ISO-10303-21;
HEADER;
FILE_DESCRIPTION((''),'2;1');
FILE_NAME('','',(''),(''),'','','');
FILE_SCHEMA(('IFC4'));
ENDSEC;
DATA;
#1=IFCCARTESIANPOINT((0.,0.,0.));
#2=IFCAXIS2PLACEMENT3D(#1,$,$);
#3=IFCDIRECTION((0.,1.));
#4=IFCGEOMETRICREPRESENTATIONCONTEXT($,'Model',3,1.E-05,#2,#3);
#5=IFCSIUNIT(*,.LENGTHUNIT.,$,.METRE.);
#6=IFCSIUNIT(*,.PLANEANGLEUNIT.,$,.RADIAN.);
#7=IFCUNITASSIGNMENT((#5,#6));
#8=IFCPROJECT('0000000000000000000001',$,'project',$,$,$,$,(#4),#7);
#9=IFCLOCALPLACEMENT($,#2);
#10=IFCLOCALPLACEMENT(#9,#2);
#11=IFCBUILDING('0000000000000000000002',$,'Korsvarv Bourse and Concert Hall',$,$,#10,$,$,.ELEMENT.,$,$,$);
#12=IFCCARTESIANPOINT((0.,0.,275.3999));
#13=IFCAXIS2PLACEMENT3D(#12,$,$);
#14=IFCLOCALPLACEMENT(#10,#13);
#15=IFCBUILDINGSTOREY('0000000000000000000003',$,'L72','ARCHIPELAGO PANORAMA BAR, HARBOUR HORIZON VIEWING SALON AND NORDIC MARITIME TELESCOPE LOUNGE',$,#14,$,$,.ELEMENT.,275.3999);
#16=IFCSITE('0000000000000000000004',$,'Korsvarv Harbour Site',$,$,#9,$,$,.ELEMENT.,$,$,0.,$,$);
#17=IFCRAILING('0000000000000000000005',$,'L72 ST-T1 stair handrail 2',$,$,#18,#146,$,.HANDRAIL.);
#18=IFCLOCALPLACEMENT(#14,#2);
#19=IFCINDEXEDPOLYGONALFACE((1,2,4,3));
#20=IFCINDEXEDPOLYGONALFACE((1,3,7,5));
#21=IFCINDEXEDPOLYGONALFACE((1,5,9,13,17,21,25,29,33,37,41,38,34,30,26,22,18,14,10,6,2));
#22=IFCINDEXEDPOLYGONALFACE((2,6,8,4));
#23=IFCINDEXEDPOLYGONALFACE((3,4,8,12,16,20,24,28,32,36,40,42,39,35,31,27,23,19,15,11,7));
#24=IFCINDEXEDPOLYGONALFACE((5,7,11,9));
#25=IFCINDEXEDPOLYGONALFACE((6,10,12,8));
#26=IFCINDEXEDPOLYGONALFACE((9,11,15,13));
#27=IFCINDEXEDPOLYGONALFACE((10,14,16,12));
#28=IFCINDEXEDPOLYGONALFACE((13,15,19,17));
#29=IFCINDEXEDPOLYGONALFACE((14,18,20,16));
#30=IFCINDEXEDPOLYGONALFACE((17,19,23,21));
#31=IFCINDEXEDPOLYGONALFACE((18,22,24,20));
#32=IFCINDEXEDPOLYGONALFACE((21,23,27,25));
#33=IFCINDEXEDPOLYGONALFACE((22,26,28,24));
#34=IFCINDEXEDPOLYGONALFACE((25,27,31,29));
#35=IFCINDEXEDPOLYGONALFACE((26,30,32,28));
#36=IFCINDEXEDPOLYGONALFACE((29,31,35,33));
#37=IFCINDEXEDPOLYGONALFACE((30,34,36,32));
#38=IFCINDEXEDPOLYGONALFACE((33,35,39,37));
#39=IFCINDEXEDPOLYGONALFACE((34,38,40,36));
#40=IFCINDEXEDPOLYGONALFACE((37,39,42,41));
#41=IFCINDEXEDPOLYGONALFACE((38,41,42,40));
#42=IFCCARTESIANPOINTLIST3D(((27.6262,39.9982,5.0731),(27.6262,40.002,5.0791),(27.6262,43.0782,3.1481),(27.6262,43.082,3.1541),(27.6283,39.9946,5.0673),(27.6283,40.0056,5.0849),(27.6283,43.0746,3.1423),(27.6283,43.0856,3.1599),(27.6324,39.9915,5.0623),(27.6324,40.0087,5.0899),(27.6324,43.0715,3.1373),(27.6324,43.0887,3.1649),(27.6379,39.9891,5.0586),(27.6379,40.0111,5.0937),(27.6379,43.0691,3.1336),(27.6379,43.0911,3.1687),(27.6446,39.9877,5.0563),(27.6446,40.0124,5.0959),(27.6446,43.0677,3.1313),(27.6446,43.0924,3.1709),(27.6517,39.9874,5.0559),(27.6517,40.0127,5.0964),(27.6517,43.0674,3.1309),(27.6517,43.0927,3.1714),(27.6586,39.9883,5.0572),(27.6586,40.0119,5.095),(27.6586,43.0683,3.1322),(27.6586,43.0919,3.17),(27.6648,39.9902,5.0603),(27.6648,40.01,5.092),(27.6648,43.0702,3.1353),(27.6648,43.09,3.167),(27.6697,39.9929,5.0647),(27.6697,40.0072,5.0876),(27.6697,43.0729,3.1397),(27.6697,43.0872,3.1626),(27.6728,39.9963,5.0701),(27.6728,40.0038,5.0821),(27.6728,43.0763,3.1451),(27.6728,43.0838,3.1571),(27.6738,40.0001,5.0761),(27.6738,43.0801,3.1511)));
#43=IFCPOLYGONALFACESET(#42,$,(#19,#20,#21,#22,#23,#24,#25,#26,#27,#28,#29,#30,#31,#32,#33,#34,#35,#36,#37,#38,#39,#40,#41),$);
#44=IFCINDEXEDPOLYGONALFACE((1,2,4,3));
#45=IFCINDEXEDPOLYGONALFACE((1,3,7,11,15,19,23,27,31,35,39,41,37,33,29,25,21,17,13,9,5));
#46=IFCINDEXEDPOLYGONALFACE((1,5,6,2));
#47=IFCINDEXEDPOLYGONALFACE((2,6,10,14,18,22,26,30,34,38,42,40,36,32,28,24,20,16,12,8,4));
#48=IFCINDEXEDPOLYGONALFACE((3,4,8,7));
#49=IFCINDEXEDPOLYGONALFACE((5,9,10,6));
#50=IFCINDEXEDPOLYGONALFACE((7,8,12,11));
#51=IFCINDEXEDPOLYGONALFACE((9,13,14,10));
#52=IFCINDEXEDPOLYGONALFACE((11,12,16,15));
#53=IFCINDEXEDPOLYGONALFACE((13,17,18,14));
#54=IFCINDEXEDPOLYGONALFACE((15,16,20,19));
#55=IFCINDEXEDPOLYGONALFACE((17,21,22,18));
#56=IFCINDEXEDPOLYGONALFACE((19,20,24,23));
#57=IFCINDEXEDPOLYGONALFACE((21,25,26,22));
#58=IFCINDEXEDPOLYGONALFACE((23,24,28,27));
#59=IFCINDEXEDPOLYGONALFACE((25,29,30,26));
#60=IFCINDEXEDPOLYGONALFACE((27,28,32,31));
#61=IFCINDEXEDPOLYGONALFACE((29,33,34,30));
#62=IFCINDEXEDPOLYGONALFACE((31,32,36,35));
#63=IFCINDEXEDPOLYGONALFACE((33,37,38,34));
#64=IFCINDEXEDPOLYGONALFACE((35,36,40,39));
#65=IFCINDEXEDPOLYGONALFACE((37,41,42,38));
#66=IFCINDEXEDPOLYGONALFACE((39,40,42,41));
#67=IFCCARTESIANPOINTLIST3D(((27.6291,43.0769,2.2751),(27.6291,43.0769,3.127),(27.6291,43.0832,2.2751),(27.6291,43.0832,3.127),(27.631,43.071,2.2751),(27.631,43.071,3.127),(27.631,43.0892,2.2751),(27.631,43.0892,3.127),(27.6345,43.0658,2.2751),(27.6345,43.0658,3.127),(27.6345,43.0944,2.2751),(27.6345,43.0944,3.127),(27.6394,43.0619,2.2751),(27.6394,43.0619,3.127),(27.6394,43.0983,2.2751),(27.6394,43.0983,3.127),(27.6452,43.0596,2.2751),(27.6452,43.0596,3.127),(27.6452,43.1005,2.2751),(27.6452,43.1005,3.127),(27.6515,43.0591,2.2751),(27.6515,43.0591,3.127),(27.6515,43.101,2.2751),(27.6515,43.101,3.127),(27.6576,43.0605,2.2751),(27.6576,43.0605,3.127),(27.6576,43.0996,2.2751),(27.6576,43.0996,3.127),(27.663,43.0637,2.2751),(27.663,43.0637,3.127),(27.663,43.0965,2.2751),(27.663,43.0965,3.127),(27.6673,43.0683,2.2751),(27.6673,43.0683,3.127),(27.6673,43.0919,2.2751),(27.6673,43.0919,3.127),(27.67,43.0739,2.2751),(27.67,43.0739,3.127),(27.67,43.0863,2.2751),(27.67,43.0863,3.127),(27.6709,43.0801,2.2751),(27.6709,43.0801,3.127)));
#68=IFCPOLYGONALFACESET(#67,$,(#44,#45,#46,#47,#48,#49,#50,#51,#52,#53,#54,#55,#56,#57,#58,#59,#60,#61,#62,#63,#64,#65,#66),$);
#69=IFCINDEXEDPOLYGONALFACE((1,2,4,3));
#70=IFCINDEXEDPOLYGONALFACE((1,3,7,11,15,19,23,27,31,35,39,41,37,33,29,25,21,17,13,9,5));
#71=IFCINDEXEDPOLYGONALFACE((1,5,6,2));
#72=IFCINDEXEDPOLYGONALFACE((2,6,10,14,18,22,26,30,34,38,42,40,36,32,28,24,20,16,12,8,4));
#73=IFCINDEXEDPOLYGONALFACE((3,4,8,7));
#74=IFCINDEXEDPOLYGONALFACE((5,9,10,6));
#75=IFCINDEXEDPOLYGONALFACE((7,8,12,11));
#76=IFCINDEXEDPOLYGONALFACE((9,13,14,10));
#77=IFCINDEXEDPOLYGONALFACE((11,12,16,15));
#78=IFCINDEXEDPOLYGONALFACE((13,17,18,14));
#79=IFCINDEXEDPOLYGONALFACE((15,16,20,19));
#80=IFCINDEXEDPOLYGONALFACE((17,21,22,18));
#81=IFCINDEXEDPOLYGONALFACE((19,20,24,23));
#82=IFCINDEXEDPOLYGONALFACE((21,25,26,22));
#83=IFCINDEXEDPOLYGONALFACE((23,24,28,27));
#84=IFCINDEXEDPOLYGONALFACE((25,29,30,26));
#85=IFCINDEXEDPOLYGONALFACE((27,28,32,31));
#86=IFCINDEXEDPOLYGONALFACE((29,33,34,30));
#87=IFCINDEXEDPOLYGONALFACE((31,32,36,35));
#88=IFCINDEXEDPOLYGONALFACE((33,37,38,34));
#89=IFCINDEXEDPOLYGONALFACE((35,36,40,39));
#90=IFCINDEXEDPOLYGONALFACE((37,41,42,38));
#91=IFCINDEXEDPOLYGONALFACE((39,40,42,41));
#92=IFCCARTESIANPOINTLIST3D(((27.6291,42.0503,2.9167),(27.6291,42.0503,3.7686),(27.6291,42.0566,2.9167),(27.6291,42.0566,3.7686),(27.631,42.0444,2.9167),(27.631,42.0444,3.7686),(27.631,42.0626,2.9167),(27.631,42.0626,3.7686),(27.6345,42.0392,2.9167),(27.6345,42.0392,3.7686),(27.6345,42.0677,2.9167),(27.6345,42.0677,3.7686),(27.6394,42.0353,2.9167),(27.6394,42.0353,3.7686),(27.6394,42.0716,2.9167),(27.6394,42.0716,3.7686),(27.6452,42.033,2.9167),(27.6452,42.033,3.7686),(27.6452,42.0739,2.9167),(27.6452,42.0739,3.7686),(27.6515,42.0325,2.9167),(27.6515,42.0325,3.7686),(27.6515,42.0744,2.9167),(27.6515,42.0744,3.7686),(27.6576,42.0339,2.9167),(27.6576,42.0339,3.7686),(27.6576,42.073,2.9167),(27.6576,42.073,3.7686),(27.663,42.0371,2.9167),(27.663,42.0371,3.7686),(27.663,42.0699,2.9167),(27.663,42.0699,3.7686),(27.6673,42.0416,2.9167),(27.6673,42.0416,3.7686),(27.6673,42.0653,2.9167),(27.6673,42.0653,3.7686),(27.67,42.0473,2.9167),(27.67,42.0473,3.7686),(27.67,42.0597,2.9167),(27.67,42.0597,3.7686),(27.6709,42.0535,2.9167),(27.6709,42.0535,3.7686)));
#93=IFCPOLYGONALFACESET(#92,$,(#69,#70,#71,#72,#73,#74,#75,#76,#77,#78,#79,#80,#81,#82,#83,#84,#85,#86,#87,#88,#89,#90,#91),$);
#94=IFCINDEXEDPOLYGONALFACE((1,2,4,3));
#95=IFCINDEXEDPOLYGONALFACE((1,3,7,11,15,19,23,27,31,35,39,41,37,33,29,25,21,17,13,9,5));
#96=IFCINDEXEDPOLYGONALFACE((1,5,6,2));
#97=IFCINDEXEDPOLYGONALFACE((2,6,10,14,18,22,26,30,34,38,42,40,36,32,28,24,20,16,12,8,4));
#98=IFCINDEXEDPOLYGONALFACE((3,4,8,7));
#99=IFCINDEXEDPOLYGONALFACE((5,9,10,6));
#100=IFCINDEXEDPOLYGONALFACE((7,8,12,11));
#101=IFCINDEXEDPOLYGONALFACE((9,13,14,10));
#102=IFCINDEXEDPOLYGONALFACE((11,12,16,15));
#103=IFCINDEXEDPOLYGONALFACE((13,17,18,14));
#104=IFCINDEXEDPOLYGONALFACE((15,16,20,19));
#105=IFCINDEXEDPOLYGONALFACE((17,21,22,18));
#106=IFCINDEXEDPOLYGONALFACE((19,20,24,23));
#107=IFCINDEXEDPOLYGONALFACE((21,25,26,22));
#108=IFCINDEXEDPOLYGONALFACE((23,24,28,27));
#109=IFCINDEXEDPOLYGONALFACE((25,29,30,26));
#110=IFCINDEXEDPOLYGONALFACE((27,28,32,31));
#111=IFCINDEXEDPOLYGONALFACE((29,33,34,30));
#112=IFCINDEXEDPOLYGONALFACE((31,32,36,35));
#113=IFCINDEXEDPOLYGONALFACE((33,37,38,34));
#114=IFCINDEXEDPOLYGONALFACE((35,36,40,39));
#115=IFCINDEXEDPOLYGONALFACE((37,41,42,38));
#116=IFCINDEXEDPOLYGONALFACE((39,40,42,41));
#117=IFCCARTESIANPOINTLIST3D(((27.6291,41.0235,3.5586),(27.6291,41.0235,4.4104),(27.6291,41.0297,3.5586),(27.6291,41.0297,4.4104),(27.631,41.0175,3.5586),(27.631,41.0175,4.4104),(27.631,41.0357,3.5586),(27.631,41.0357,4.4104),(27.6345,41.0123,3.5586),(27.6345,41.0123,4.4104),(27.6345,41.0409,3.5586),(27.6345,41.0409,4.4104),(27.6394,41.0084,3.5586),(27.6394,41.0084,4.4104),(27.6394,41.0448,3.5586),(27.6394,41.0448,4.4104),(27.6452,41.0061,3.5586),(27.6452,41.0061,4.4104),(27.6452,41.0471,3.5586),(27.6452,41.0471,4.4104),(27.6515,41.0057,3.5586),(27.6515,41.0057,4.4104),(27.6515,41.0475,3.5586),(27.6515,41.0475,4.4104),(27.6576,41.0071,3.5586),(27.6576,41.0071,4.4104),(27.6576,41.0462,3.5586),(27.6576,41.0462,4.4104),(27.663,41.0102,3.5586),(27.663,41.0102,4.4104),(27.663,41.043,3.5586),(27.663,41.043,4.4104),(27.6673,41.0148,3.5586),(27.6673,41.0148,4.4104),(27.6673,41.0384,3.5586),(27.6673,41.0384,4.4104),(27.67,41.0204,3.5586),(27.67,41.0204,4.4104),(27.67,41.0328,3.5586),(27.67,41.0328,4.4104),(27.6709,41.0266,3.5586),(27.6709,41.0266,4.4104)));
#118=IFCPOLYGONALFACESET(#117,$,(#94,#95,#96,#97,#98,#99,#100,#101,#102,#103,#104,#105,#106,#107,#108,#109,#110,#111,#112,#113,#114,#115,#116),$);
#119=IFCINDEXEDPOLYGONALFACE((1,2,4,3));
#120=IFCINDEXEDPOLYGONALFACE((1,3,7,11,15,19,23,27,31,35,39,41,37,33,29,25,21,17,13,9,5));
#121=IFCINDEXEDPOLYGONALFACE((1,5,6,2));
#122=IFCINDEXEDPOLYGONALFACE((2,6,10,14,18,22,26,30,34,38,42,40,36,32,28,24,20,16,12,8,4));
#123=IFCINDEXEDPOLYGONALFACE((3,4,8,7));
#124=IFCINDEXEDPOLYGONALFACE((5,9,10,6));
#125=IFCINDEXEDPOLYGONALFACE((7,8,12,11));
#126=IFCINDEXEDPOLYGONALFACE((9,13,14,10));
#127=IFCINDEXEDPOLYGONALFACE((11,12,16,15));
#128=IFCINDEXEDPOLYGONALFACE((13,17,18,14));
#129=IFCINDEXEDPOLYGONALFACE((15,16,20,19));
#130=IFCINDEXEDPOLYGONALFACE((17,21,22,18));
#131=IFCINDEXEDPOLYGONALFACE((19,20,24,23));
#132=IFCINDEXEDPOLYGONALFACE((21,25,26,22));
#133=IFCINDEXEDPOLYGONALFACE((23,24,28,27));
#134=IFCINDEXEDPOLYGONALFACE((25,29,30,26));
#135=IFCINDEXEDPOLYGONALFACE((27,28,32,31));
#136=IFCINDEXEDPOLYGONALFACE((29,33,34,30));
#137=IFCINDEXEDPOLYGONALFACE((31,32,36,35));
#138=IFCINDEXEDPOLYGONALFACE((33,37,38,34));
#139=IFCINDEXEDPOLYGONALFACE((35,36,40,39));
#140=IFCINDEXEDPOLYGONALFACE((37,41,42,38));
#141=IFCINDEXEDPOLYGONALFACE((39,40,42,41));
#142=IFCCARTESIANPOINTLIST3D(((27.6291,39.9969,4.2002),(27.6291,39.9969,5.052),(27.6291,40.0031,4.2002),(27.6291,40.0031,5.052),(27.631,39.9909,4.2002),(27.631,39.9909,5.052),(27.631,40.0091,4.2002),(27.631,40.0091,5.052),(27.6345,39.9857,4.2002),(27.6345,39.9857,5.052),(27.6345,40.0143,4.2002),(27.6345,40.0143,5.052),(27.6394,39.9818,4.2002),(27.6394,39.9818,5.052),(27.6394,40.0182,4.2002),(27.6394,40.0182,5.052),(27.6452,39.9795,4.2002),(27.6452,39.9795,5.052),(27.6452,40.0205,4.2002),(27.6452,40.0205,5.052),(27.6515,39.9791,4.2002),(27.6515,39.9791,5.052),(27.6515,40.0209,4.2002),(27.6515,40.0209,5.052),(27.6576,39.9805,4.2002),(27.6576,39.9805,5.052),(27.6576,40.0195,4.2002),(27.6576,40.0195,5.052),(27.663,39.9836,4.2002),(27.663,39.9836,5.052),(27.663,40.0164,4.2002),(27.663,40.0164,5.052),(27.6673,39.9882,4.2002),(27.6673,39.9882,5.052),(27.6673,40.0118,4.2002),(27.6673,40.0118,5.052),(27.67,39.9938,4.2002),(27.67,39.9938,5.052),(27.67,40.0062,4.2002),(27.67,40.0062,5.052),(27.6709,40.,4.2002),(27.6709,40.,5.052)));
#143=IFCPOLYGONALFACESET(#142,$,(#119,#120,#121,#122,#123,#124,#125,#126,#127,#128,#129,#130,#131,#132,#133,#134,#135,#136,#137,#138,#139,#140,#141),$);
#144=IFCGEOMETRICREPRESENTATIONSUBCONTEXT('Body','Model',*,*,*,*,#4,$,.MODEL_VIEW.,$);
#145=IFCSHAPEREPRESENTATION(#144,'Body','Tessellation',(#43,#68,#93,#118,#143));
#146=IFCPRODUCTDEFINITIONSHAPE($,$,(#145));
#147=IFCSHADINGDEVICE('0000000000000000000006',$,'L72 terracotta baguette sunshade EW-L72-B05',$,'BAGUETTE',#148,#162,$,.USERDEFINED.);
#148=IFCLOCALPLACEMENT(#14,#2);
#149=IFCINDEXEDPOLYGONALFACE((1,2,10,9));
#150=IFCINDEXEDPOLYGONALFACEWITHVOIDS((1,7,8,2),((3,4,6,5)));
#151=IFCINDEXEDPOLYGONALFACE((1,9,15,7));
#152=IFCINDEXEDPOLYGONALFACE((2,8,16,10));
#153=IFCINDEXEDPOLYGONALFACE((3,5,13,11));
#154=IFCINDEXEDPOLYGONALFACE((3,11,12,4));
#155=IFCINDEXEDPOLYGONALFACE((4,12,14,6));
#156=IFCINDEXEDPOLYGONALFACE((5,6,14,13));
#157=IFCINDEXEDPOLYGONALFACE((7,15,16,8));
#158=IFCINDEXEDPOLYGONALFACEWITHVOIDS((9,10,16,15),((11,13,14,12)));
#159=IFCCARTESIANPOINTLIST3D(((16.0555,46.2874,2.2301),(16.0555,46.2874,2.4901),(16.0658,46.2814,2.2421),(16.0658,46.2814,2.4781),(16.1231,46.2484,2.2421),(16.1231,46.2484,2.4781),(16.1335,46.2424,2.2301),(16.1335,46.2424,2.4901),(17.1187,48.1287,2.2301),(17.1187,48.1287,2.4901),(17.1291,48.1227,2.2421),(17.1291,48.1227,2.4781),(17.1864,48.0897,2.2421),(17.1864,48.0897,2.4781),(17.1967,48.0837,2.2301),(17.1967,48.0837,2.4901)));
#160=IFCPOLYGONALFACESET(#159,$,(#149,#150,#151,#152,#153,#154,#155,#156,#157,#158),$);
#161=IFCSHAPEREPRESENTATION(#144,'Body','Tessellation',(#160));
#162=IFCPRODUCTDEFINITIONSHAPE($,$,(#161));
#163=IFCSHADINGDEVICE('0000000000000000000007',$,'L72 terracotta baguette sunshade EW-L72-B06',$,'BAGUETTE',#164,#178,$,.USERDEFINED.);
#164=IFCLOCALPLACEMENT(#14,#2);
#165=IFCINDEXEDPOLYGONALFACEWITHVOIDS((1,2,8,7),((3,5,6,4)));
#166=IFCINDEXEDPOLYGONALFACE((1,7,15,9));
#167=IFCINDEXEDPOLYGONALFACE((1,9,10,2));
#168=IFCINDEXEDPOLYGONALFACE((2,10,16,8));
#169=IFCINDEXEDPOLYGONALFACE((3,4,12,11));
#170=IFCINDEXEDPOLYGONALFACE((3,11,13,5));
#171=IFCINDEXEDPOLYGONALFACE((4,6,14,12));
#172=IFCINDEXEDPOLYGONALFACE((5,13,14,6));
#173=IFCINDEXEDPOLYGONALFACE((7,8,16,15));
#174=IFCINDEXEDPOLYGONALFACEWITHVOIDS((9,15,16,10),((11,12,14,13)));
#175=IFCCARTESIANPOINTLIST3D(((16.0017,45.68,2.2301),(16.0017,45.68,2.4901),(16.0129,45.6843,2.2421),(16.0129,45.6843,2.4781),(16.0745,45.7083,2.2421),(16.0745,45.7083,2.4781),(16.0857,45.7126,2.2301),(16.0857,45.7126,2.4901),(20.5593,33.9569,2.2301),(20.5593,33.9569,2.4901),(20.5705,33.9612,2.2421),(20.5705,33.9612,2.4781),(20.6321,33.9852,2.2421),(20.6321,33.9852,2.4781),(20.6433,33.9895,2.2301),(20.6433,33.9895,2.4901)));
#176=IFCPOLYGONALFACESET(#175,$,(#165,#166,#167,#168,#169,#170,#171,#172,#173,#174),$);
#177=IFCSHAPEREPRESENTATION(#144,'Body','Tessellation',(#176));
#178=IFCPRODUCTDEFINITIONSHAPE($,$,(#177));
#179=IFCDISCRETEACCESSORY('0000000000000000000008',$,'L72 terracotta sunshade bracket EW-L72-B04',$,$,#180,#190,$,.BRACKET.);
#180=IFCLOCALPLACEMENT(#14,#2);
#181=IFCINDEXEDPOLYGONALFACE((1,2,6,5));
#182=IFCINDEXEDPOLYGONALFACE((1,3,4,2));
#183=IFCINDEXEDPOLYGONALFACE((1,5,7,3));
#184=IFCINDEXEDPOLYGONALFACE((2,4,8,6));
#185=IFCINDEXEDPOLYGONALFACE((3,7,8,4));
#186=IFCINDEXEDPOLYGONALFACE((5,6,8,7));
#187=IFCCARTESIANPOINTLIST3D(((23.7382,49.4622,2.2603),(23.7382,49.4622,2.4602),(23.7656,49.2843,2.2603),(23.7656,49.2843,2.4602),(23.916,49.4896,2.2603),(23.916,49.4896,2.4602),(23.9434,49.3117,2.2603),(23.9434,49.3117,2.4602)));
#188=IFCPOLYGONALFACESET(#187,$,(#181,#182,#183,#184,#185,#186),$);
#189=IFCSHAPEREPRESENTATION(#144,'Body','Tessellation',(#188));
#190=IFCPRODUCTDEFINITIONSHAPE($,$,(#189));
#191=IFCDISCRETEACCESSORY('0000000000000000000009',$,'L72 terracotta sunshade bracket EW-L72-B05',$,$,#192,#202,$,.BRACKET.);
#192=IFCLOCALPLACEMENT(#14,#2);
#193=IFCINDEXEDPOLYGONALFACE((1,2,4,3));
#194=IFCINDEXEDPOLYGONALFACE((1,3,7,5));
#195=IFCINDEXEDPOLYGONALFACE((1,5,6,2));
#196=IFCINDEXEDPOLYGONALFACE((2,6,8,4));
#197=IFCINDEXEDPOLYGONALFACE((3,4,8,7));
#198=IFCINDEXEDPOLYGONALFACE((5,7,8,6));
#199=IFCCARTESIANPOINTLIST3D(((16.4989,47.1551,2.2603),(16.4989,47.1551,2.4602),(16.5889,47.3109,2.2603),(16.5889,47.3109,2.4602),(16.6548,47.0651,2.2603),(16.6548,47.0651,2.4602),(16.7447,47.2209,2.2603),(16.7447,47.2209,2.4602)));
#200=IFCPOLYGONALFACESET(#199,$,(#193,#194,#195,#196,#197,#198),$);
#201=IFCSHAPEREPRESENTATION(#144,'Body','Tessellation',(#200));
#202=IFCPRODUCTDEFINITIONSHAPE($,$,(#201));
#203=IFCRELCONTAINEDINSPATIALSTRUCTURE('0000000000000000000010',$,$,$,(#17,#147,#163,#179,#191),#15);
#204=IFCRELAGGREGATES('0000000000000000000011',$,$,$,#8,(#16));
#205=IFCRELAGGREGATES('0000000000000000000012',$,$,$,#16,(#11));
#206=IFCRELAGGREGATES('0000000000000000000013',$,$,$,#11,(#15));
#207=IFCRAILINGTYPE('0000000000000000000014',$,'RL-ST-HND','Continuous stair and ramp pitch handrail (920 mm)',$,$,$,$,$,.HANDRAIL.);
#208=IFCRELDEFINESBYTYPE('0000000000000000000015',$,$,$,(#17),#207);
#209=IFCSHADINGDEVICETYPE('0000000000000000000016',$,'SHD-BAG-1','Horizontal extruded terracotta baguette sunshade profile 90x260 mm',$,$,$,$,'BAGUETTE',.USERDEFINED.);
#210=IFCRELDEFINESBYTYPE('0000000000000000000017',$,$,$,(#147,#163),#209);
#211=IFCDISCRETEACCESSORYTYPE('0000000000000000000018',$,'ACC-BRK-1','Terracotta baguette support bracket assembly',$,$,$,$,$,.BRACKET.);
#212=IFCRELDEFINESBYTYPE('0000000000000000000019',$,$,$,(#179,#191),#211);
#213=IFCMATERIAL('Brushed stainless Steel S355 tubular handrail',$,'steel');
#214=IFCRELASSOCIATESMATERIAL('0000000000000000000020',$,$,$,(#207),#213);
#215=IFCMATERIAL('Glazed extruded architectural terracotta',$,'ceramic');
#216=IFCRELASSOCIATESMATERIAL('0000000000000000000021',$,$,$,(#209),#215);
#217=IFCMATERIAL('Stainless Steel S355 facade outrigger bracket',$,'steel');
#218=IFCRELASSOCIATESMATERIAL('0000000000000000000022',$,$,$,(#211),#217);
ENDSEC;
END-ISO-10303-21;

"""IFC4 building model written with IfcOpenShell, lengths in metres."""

from ifc_helpers import new_model, si_unit, direction, frame, origin, origin_2d, place, context, subcontext, project, spatial, rectangle, hollow_rectangle, circle, extrude, source, transform, mapped, material, material_profile, profile_set, type_object, element, save


model = new_model("IFC4")

# Units and contexts
model_context = context("Model", 3, precision=1e-05, world=origin(), true_north=direction((0.0, 1.0)))
body_context = subcontext(model_context, "Body", "Model", "MODEL_VIEW")
ifc_project = project(units=[si_unit("LENGTHUNIT", "METRE"), si_unit("PLANEANGLEUNIT", "RADIAN")], contexts=[model_context])

# Site, building, storey
site_placement = place(None, origin())
site = spatial("IfcSite", under=ifc_project, at=site_placement, Name="Korsvarv Harbour Site", CompositionType="ELEMENT", RefElevation=0.0)
building_placement = place(site_placement, origin())
building = spatial("IfcBuilding", under=site, at=building_placement, Name="Korsvarv Bourse and Concert Hall", CompositionType="ELEMENT")
storey_placement = place(building_placement, frame((0.0, 0.0, 275.3999)))
storey = spatial("IfcBuildingStorey", under=building, at=storey_placement, Name="L72", Description="ARCHIPELAGO PANORAMA BAR, HARBOUR HORIZON VIEWING SALON AND NORDIC MARITIME TELESCOPE LOUNGE", CompositionType="ELEMENT", Elevation=275.3999)

# Railing
ifc_material_1 = material(Name="Brushed stainless Steel S355 tubular handrail", Category="steel")
railing_type_1 = type_object("IfcRailingType", Name="RL-ST-HND", Description="Continuous stair and ramp pitch handrail (920 mm)", PredefinedType="HANDRAIL", material=ifc_material_1)
railing_1_placement = place(storey_placement, frame((27.6499, 43.0801, 2.2751)))
element("IfcRailing", 1, at=railing_1_placement, inside=storey, type_object=railing_type_1, Name="L72 ST-T1 stair handrail 2", PredefinedType="HANDRAIL", context=body_context, shape_type="SweptSolid", body=[
    extrude(circle(Radius=0.0239, at=origin_2d()), frame((0.0, 0.0, 0.876), z_axis=(0.0, -0.847998, 0.529999), x_axis=(1.0, 0.0, 0.0)), (0.0, 0.0, 1.0), 3.6321),
    extrude(circle(Radius=0.021, at=origin_2d()), origin(), (0.0, 0.0, 1.0), 0.8518),
    extrude(circle(Radius=0.021, at=origin_2d()), frame((0.0, -1.0266, 0.6416)), (0.0, 0.0, 1.0), 0.8518),
    extrude(circle(Radius=0.021, at=origin_2d()), frame((0.0, -2.0535, 1.2834)), (0.0, 0.0, 1.0), 0.8518),
    extrude(circle(Radius=0.021, at=origin_2d()), frame((0.0, -3.0801, 1.925)), (0.0, 0.0, 1.0), 0.8518),
])

# Shading devices
ifc_material_2 = material(Name="Glazed extruded architectural terracotta", Category="ceramic")
ifc_material_profile_1 = material_profile(ifc_material_2, hollow_rectangle(XDim=0.0901, YDim=0.26, WallThickness=0.012, at=origin_2d()), Name="TC-BAG 90x260")
ifc_profile_set_1 = profile_set([ifc_material_profile_1], Name="Glazed extruded architectural terracotta")
shading_device_type = type_object("IfcShadingDeviceType", Name="SHD-BAG-1", Description="Horizontal extruded terracotta baguette sunshade profile 90x260 mm", ElementType="BAGUETTE", PredefinedType="USERDEFINED", material=ifc_profile_set_1)
shared_shape_1 = source(origin(), body_context, "Body", "SweptSolid", [
    extrude(hollow_rectangle(XDim=0.0901, YDim=0.26, WallThickness=0.012, at=origin_2d()), origin(), (0.0, 0.0, 1.0), 2.1262),
])
shading_device_1_placement = place(storey_placement, frame((17.1577, 48.1062, 2.3601), z_axis=(-0.500054, -0.865994, 0.0), x_axis=(0.865994, -0.500054, 0.0)))
element("IfcShadingDevice", 2, at=shading_device_1_placement, inside=storey, type_object=shading_device_type, Name="L72 terracotta baguette sunshade EW-L72-B05", ObjectType="BAGUETTE", PredefinedType="USERDEFINED", context=body_context, shape_type="MappedRepresentation", body=[
    mapped(shared_shape_1, transform((0.0, 0.0, 0.0), scale=1.0)),
])
shared_shape_2 = source(origin(), body_context, "Body", "SweptSolid", [
    extrude(hollow_rectangle(XDim=0.0901, YDim=0.26, WallThickness=0.012, at=origin_2d()), origin(), (0.0, 0.0, 1.0), 12.5779),
])
shading_device_2_placement = place(storey_placement, frame((16.0437, 45.6963, 2.3601), z_axis=(0.362351, -0.932042, 0.0), x_axis=(0.932042, 0.362351, 0.0)))
element("IfcShadingDevice", 3, at=shading_device_2_placement, inside=storey, type_object=shading_device_type, Name="L72 terracotta baguette sunshade EW-L72-B06", ObjectType="BAGUETTE", PredefinedType="USERDEFINED", context=body_context, shape_type="MappedRepresentation", body=[
    mapped(shared_shape_2, transform((0.0, 0.0, 0.0), scale=1.0)),
])

# Discrete accessories
ifc_material_3 = material(Name="Stainless Steel S355 facade outrigger bracket", Category="steel")
discrete_accessory_type = type_object("IfcDiscreteAccessoryType", Name="ACC-BRK-1", Description="Terracotta baguette support bracket assembly", PredefinedType="BRACKET", material=ifc_material_3)
shared_shape_3 = source(origin(), body_context, "Body", "SweptSolid", [
    extrude(rectangle(XDim=0.1799, YDim=0.1799, at=origin_2d()), origin(), (0.0, 0.0, 1.0), 0.2),
])
for number, where, z_axis, x_axis, name in (
    (4, (23.8408, 49.387, 2.2603), (0.0, 0.0, 1.0), (-0.988335, -0.152296, 0.0), "L72 terracotta sunshade bracket EW-L72-B04"),
    (5, (16.6218, 47.188, 2.2603), (0.0, 0.0, 1.0), (-0.5, -0.866025, 0.0), "L72 terracotta sunshade bracket EW-L72-B05"),
):
    element("IfcDiscreteAccessory", number, at=place(storey_placement, frame(where, z_axis=z_axis, x_axis=x_axis)), inside=storey, type_object=discrete_accessory_type, Name=name, PredefinedType="BRACKET", context=body_context, shape_type="MappedRepresentation", body=[
        mapped(shared_shape_3, transform((0.0, 0.0, 0.0), scale=1.0)),
    ])

save(model, "model.ifc")
